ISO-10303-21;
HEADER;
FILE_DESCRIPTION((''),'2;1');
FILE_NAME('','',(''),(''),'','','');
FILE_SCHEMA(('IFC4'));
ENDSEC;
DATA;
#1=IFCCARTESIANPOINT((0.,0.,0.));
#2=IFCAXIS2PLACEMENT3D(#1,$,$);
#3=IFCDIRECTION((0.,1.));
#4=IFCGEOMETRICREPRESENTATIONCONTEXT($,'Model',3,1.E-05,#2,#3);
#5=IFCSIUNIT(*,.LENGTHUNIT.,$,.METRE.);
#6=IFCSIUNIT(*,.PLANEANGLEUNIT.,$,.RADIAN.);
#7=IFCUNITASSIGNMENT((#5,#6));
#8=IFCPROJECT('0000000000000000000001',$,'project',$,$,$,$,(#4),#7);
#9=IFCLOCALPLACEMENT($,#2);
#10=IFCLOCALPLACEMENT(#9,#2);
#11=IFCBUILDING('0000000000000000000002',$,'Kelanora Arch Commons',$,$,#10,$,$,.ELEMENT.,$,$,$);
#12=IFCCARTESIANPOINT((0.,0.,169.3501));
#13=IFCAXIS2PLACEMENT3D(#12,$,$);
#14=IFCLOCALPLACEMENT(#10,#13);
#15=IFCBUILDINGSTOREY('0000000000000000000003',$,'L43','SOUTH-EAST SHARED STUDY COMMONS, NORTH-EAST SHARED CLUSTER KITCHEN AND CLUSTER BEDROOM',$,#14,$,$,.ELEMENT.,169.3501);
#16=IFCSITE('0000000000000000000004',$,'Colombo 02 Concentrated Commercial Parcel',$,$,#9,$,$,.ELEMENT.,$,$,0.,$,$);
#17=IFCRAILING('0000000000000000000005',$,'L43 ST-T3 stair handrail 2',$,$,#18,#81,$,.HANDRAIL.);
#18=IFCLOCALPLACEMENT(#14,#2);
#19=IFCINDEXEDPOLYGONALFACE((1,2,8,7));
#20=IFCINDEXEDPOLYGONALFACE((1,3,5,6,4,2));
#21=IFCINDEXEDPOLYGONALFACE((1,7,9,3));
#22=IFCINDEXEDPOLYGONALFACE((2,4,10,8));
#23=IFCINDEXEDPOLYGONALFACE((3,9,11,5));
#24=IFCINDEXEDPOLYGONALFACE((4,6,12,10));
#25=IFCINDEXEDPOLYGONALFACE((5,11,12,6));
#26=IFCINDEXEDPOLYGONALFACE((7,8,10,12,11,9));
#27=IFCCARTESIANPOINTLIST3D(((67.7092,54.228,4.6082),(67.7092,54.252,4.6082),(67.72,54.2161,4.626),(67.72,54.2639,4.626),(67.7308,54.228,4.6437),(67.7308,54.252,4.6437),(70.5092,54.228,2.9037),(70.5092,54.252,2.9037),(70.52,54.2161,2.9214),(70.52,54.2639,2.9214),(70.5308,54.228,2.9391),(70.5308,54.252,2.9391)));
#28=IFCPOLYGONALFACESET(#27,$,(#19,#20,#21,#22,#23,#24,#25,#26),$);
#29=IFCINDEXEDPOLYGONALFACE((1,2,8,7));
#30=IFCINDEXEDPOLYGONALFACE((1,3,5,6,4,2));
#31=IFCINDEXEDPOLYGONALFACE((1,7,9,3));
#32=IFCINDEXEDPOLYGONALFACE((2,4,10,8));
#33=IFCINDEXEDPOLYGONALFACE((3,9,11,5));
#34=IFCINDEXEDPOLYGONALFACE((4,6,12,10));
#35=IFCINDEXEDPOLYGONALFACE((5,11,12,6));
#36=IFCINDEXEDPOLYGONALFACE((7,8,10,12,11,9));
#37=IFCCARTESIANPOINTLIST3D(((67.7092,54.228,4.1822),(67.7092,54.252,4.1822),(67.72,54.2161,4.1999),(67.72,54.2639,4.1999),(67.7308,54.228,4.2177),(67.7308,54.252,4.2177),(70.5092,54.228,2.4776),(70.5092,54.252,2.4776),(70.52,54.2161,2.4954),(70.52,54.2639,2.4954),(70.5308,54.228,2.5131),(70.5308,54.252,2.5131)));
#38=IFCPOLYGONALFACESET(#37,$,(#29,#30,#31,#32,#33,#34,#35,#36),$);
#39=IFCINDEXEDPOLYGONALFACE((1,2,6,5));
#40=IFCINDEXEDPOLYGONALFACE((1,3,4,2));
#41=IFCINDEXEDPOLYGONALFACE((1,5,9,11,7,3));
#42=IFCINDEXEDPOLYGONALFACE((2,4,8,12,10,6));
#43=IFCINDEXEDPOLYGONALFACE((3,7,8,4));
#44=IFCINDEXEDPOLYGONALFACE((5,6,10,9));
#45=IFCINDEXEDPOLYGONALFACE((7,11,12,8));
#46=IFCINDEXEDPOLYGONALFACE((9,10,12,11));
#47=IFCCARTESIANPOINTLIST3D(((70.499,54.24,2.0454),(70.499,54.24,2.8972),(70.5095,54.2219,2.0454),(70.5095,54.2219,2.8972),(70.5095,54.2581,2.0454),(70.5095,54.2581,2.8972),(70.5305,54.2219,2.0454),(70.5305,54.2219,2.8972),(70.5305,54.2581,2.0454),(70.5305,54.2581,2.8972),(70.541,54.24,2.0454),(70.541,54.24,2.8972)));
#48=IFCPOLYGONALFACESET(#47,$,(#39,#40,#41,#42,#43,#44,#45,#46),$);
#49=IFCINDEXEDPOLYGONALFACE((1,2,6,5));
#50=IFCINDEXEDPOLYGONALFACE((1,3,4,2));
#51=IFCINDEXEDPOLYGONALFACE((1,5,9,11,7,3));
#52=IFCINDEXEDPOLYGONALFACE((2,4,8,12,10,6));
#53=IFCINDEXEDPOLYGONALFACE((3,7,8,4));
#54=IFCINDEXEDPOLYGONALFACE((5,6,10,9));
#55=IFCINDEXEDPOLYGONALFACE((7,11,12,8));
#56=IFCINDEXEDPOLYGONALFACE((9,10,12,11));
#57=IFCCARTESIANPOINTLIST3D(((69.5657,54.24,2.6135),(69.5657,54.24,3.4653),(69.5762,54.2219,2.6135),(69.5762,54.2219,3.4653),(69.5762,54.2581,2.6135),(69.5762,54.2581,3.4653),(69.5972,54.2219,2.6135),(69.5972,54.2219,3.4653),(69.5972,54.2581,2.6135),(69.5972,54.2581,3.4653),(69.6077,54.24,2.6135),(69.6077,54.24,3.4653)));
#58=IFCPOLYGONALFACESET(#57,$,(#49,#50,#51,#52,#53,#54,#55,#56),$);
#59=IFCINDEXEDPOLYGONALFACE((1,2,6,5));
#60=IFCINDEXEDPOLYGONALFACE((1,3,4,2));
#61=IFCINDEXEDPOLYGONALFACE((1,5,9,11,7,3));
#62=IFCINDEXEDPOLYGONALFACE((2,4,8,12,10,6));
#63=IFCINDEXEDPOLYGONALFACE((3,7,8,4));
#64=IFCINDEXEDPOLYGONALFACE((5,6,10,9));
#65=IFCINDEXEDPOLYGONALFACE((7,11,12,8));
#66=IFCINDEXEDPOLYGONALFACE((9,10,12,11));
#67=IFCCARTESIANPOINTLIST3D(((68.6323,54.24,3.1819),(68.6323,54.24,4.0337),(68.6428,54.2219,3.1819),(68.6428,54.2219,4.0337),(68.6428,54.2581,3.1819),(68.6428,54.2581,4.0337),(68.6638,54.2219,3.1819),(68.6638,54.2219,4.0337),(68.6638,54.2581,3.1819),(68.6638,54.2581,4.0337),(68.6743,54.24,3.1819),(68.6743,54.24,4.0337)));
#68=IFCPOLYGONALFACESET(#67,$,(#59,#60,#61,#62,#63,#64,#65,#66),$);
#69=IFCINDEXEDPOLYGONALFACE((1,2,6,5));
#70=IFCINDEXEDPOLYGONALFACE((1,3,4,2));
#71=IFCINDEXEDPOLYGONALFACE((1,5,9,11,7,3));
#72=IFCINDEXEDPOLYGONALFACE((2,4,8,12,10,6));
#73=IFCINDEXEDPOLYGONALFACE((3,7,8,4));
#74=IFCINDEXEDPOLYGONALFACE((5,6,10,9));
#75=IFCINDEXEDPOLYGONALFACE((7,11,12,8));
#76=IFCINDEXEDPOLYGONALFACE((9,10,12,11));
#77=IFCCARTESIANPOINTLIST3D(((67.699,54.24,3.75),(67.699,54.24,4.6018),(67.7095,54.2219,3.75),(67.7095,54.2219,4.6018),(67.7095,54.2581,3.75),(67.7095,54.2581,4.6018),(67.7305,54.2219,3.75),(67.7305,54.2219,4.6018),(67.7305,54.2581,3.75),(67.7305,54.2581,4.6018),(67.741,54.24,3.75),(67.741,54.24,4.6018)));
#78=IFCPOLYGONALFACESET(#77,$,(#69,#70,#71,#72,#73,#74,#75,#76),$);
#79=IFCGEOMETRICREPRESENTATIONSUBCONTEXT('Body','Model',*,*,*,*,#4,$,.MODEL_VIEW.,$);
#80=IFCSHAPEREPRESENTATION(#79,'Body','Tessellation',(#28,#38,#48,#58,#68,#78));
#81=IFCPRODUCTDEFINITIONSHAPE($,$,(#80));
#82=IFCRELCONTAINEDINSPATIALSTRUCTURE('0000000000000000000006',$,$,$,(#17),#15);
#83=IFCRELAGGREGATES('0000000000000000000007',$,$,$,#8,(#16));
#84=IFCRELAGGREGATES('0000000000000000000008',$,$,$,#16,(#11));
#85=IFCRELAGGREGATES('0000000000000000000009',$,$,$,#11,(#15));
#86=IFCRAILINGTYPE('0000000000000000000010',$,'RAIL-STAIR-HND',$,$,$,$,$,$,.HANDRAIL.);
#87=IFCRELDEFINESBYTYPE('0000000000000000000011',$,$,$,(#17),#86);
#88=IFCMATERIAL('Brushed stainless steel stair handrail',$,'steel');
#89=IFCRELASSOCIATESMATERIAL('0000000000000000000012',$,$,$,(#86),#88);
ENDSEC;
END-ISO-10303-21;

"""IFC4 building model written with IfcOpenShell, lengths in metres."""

from ifc_helpers import new_model, si_unit, direction, frame, origin, place, context, subcontext, project, spatial, polyline, outline, extrude, material, type_object, element, save


model = new_model("IFC4")

# Units and contexts
model_context = context("Model", 3, precision=1e-05, world=origin(), true_north=direction((0.0, 1.0)))
body_context = subcontext(model_context, "Body", "Model", "MODEL_VIEW")
ifc_project = project(units=[si_unit("LENGTHUNIT", "METRE"), si_unit("PLANEANGLEUNIT", "RADIAN")], contexts=[model_context])

# Site, building, storey
site_placement = place(None, origin())
site = spatial("IfcSite", under=ifc_project, at=site_placement, Name="Colombo 02 Concentrated Commercial Parcel", CompositionType="ELEMENT", RefElevation=0.0)
building_placement = place(site_placement, origin())
building = spatial("IfcBuilding", under=site, at=building_placement, Name="Kelanora Arch Commons", CompositionType="ELEMENT")
storey_placement = place(building_placement, frame((0.0, 0.0, 169.3501)))
storey = spatial("IfcBuildingStorey", under=building, at=storey_placement, Name="L43", Description="SOUTH-EAST SHARED STUDY COMMONS, NORTH-EAST SHARED CLUSTER KITCHEN AND CLUSTER BEDROOM", CompositionType="ELEMENT", Elevation=169.3501)

# Railing
ifc_material_1 = material(Name="Brushed stainless steel stair handrail", Category="steel")
railing_type_1 = type_object("IfcRailingType", Name="RAIL-STAIR-HND", PredefinedType="HANDRAIL", material=ifc_material_1)
railing_1_placement = place(storey_placement, frame((70.52, 54.24, 2.0454)))
element("IfcRailing", 1, at=railing_1_placement, inside=storey, type_object=railing_type_1, Name="L43 ST-T3 stair handrail 2", PredefinedType="HANDRAIL", context=body_context, shape_type="SweptSolid", body=[
    extrude(outline(polyline([(0.0239, 0.0), (0.012, 0.0208), (-0.012, 0.0208), (-0.0239, 0.0), (-0.012, -0.0208), (0.012, -0.0208), (0.0239, 0.0)])), frame((0.0, 0.0, 0.876), z_axis=(-0.85417, 0.0, 0.519994), x_axis=(0.0, -1.0, 0.0)), (0.0, 0.0, 1.0), 3.2781),
    extrude(outline(polyline([(0.0239, 0.0), (0.012, 0.0208), (-0.012, 0.0208), (-0.0239, 0.0), (-0.012, -0.0208), (0.012, -0.0208), (0.0239, 0.0)])), frame((0.0, 0.0, 0.45), z_axis=(-0.85417, 0.0, 0.519994), x_axis=(0.0, -1.0, 0.0)), (0.0, 0.0, 1.0), 3.2781),
    extrude(outline(polyline([(0.021, 0.0), (0.0105, 0.0181), (-0.0105, 0.0181), (-0.021, 0.0), (-0.0105, -0.0181), (0.0105, -0.0181), (0.021, 0.0)])), origin(), (0.0, 0.0, 1.0), 0.8518),
    extrude(outline(polyline([(0.021, 0.0), (0.0105, 0.0181), (-0.0105, 0.0181), (-0.021, 0.0), (-0.0105, -0.0181), (0.0105, -0.0181), (0.021, 0.0)])), frame((-0.9333, 0.0, 0.5681)), (0.0, 0.0, 1.0), 0.8518),
    extrude(outline(polyline([(0.021, 0.0), (0.0105, 0.0181), (-0.0105, 0.0181), (-0.021, 0.0), (-0.0105, -0.0181), (0.0105, -0.0181), (0.021, 0.0)])), frame((-1.8667, 0.0, 1.1365)), (0.0, 0.0, 1.0), 0.8518),
    extrude(outline(polyline([(0.021, 0.0), (0.0105, 0.0181), (-0.0105, 0.0181), (-0.021, 0.0), (-0.0105, -0.0181), (0.0105, -0.0181), (0.021, 0.0)])), frame((-2.8, 0.0, 1.7046)), (0.0, 0.0, 1.0), 0.8518),
])

save(model, "model.ifc")
